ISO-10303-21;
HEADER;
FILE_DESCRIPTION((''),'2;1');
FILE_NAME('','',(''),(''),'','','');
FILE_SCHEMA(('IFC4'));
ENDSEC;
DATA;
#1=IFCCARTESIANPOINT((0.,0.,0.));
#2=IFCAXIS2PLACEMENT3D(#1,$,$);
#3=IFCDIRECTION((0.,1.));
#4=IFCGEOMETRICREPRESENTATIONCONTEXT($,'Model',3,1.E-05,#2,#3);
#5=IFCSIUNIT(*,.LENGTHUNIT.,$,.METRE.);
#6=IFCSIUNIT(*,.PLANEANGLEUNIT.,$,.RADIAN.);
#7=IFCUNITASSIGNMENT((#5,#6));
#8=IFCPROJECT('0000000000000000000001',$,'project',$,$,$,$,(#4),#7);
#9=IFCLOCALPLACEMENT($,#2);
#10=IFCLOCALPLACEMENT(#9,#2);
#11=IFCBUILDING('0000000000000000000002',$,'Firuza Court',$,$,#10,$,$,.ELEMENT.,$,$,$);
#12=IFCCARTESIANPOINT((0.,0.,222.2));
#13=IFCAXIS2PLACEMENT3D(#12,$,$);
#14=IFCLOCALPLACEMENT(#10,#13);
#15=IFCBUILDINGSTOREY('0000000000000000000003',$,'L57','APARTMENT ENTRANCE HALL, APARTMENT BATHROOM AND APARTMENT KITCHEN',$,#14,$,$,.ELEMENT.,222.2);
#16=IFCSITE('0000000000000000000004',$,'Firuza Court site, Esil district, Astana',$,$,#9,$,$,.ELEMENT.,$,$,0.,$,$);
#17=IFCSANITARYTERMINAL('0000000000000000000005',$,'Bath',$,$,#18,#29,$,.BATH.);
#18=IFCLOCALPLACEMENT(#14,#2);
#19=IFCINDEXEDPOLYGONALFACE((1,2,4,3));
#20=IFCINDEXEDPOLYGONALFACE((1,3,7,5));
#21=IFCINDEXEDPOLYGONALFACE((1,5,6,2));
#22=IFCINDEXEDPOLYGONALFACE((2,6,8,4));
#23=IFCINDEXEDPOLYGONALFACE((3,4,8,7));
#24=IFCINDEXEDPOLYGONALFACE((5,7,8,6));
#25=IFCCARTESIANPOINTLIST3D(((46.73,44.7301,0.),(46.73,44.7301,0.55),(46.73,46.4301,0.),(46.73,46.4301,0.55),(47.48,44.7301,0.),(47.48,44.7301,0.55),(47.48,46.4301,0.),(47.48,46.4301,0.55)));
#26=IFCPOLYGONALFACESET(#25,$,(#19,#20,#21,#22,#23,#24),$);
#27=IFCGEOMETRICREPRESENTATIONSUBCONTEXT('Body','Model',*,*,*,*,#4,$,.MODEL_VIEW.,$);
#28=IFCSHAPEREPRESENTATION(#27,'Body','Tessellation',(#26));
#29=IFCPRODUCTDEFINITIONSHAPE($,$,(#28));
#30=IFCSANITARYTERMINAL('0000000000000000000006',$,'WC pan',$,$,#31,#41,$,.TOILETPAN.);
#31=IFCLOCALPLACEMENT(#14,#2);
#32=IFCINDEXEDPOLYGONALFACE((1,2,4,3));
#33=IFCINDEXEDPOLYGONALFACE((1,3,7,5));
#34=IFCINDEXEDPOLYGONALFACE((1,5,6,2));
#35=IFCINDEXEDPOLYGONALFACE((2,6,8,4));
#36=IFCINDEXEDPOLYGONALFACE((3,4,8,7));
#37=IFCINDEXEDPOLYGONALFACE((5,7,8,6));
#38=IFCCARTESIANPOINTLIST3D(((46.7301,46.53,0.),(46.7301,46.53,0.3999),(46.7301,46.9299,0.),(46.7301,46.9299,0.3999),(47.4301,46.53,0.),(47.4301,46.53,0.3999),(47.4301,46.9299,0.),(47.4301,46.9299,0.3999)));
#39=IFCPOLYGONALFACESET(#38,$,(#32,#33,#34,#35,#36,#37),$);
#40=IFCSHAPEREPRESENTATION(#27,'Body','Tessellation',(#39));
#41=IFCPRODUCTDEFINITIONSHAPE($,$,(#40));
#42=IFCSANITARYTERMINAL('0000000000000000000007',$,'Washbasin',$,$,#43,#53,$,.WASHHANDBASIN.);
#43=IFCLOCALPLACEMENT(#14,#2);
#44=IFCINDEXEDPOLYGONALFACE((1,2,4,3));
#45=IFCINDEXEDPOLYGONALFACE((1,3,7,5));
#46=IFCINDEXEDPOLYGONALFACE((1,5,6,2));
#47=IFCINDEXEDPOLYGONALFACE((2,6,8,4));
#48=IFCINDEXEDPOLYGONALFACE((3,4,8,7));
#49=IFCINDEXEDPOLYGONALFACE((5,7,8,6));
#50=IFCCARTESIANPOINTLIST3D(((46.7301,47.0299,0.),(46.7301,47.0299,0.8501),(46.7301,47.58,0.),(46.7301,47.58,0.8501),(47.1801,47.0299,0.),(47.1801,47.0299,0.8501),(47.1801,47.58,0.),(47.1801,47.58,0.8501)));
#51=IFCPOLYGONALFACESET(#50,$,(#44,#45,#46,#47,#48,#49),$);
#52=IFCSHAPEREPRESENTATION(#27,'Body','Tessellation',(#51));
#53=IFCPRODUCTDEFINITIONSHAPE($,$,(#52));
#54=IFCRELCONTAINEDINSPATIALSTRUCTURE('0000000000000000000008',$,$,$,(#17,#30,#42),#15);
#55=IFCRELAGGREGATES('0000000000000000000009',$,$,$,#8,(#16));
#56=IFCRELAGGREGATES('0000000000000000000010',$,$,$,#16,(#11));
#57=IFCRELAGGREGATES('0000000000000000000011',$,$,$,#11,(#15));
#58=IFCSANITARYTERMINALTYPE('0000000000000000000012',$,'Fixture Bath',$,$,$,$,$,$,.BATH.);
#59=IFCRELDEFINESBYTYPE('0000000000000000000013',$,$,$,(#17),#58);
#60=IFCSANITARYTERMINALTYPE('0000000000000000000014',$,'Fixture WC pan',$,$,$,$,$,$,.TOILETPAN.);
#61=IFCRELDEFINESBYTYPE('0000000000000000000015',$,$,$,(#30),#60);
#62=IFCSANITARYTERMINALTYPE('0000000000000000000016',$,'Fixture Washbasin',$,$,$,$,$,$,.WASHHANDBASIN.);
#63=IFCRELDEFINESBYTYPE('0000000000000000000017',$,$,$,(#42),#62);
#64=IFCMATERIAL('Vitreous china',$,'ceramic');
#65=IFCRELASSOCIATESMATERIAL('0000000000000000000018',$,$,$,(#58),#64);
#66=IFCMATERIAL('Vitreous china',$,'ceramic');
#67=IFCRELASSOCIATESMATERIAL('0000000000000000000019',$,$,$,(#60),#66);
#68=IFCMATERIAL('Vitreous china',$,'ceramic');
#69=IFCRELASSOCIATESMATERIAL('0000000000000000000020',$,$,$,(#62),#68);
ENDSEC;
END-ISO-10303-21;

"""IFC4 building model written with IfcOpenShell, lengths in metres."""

from ifc_helpers import new_model, si_unit, direction, frame, origin, origin_2d, place, context, subcontext, project, spatial, rectangle, extrude, material, type_object, element, save


model = new_model("IFC4")

# Units and contexts
model_context = context("Model", 3, precision=1e-05, world=origin(), true_north=direction((0.0, 1.0)))
body_context = subcontext(model_context, "Body", "Model", "MODEL_VIEW")
ifc_project = project(units=[si_unit("LENGTHUNIT", "METRE"), si_unit("PLANEANGLEUNIT", "RADIAN")], contexts=[model_context])

# Site, building, storey
site_placement = place(None, origin())
site = spatial("IfcSite", under=ifc_project, at=site_placement, Name="Firuza Court site, Esil district, Astana", CompositionType="ELEMENT", RefElevation=0.0)
building_placement = place(site_placement, origin())
building = spatial("IfcBuilding", under=site, at=building_placement, Name="Firuza Court", CompositionType="ELEMENT")
storey_placement = place(building_placement, frame((0.0, 0.0, 222.2)))
storey = spatial("IfcBuildingStorey", under=building, at=storey_placement, Name="L57", Description="APARTMENT ENTRANCE HALL, APARTMENT BATHROOM AND APARTMENT KITCHEN", CompositionType="ELEMENT", Elevation=222.2)

# Sanitary terminals
ifc_material_1 = material(Name="Vitreous china", Category="ceramic")
sanitary_terminal_type_1 = type_object("IfcSanitaryTerminalType", Name="Fixture Bath", PredefinedType="BATH", material=ifc_material_1)
sanitary_terminal_1_placement = place(storey_placement, frame((47.105, 45.5801, 0.0), z_axis=(0.0, 0.0, 1.0), x_axis=(1.0, 0.0, 0.0)))
element("IfcSanitaryTerminal", 1, at=sanitary_terminal_1_placement, inside=storey, type_object=sanitary_terminal_type_1, Name="Bath", PredefinedType="BATH", context=body_context, shape_type="SweptSolid", body=[
    extrude(rectangle(XDim=0.75, YDim=1.7, at=origin_2d()), origin(), (0.0, 0.0, 1.0), 0.55),
])
ifc_material_2 = material(Name="Vitreous china", Category="ceramic")
sanitary_terminal_type_2 = type_object("IfcSanitaryTerminalType", Name="Fixture WC pan", PredefinedType="TOILETPAN", material=ifc_material_2)
sanitary_terminal_2_placement = place(storey_placement, frame((47.0801, 46.73, 0.0), z_axis=(0.0, 0.0, 1.0), x_axis=(1.0, 0.0, 0.0)))
element("IfcSanitaryTerminal", 2, at=sanitary_terminal_2_placement, inside=storey, type_object=sanitary_terminal_type_2, Name="WC pan", PredefinedType="TOILETPAN", context=body_context, shape_type="SweptSolid", body=[
    extrude(rectangle(XDim=0.7, YDim=0.3999, at=origin_2d()), origin(), (0.0, 0.0, 1.0), 0.3999),
])
ifc_material_3 = material(Name="Vitreous china", Category="ceramic")
sanitary_terminal_type_3 = type_object("IfcSanitaryTerminalType", Name="Fixture Washbasin", PredefinedType="WASHHANDBASIN", material=ifc_material_3)
sanitary_terminal_3_placement = place(storey_placement, frame((46.9551, 47.3049, 0.0), z_axis=(0.0, 0.0, 1.0), x_axis=(1.0, 0.0, 0.0)))
element("IfcSanitaryTerminal", 3, at=sanitary_terminal_3_placement, inside=storey, type_object=sanitary_terminal_type_3, Name="Washbasin", PredefinedType="WASHHANDBASIN", context=body_context, shape_type="SweptSolid", body=[
    extrude(rectangle(XDim=0.45, YDim=0.55, at=origin_2d()), origin(), (0.0, 0.0, 1.0), 0.8501),
])

save(model, "model.ifc")
